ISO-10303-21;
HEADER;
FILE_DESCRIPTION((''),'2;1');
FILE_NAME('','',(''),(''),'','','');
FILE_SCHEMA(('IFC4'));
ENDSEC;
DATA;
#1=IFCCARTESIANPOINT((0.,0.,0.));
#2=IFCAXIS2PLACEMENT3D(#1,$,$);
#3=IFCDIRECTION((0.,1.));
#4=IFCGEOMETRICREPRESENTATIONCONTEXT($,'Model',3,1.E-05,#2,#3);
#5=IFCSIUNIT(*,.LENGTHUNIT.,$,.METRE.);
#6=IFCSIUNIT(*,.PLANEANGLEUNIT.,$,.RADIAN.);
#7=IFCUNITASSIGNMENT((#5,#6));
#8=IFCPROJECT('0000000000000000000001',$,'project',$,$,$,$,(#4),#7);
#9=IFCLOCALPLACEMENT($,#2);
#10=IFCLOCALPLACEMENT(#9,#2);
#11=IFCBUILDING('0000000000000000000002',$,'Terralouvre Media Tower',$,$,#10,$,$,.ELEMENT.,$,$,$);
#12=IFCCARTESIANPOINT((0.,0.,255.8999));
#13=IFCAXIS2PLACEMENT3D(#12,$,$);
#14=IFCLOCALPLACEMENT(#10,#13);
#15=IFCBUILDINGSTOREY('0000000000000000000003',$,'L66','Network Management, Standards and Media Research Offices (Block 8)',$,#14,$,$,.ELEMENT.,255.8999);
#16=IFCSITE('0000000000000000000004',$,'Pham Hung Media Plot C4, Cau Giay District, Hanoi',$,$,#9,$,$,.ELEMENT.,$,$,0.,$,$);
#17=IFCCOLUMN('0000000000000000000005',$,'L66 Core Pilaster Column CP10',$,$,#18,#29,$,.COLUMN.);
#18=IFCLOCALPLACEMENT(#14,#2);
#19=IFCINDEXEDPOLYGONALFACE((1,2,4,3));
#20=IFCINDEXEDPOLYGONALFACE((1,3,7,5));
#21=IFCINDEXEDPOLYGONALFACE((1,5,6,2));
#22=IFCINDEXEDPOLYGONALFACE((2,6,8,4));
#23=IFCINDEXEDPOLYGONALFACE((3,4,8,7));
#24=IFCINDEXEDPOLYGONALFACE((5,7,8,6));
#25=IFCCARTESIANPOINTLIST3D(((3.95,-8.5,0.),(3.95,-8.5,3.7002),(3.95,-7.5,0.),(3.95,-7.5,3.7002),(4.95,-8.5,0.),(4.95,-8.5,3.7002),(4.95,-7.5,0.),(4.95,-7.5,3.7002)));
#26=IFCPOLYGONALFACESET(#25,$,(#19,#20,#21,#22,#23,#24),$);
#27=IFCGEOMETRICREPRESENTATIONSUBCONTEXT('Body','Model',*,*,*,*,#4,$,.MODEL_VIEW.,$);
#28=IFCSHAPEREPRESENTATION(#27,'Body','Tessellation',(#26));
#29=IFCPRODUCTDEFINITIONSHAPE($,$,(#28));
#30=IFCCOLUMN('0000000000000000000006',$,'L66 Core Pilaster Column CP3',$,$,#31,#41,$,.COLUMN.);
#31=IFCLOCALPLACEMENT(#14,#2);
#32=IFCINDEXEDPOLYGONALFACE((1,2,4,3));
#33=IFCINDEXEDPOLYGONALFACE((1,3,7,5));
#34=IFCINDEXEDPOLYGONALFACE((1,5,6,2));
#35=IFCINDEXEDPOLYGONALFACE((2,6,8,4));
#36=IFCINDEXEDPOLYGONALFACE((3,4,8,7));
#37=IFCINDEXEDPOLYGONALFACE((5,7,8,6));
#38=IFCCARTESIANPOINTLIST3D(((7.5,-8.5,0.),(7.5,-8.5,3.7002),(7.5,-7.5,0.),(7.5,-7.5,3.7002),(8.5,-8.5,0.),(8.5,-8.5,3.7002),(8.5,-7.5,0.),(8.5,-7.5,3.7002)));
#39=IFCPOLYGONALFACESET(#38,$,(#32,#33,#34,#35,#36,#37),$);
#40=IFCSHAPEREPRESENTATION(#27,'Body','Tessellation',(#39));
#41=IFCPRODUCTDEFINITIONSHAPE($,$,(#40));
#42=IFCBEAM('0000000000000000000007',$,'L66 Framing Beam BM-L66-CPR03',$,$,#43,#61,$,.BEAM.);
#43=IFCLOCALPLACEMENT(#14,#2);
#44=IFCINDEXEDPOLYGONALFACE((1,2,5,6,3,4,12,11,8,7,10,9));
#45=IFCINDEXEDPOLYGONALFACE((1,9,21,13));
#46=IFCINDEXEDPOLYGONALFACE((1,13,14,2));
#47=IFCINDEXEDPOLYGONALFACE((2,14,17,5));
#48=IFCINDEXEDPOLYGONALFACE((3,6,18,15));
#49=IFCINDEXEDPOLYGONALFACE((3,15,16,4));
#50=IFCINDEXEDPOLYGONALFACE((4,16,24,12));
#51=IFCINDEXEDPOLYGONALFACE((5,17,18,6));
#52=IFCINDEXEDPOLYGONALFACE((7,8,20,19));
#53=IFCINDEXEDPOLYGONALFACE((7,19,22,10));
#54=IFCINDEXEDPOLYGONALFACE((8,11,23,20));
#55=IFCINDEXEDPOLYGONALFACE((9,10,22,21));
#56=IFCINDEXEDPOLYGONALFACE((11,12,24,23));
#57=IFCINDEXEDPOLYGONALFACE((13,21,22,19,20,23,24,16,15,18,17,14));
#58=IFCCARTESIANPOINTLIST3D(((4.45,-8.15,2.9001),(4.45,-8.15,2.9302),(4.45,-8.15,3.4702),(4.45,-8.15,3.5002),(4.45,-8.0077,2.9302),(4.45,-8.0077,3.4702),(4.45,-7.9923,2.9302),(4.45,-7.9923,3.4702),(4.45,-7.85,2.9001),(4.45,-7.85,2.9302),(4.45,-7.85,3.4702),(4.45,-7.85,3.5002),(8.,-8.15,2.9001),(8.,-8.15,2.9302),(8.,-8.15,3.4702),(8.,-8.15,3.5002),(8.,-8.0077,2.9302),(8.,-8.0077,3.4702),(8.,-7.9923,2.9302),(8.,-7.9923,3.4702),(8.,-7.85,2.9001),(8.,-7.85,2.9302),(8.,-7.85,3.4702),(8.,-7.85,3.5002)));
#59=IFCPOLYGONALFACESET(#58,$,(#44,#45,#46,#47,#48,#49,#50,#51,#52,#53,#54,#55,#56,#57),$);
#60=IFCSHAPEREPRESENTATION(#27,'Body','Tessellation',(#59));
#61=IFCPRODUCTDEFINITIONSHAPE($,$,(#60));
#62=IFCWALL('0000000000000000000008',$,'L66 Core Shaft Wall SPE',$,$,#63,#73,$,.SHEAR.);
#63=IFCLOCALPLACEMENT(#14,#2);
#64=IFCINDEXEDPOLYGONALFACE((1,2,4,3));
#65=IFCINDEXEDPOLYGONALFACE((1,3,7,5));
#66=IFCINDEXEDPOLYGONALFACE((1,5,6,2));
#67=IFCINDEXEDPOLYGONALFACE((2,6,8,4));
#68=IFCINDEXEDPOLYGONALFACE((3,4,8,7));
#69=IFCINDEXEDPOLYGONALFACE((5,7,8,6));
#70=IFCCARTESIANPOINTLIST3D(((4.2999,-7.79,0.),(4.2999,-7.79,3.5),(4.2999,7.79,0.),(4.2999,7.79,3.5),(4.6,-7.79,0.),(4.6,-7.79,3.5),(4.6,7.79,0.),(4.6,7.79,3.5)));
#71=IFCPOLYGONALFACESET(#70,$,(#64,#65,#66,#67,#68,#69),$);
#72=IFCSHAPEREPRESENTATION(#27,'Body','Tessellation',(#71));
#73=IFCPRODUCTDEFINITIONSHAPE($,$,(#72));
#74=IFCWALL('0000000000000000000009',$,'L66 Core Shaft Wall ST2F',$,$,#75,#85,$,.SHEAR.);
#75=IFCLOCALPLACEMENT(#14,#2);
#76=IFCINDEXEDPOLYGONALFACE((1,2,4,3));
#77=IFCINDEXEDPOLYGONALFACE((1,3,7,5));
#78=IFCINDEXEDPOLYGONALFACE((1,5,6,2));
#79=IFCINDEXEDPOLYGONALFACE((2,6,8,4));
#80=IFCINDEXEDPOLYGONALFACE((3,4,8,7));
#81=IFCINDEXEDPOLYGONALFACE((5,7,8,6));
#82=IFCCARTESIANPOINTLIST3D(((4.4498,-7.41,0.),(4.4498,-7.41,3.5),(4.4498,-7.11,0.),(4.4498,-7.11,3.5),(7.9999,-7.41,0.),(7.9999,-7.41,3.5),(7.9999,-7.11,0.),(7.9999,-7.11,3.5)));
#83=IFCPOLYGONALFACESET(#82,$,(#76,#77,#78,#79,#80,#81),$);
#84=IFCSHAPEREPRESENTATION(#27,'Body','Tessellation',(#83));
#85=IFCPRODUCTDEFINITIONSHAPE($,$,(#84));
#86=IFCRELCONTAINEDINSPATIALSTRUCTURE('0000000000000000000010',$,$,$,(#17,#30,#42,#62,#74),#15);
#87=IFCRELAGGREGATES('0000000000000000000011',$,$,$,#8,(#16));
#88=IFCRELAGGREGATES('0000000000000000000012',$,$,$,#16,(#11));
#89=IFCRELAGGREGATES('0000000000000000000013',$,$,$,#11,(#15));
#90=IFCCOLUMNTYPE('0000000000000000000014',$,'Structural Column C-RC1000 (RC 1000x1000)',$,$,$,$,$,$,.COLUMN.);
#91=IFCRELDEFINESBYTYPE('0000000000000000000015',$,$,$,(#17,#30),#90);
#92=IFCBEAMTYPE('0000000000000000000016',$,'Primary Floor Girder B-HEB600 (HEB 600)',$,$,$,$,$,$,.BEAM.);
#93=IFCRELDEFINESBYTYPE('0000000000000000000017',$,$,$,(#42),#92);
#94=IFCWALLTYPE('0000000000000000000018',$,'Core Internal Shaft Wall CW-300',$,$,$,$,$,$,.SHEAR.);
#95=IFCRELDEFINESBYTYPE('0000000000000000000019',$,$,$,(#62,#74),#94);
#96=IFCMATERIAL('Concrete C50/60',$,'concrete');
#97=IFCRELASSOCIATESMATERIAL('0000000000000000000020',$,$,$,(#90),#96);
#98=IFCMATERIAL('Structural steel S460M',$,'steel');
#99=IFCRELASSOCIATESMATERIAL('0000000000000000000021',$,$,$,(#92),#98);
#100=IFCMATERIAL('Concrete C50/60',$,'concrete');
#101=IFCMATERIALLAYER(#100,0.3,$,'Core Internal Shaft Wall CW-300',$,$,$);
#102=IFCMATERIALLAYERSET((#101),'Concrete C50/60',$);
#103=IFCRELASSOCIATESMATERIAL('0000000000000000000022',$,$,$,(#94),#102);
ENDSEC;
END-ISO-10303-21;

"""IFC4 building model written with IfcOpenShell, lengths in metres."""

from ifc_helpers import new_model, si_unit, direction, frame, frame_2d, origin, origin_2d, place, context, subcontext, project, spatial, rectangle, i_section, extrude, material, layer, layer_set, material_profile, profile_set, type_object, element, save


model = new_model("IFC4")

# Units and contexts
model_context = context("Model", 3, precision=1e-05, world=origin(), true_north=direction((0.0, 1.0)))
body_context = subcontext(model_context, "Body", "Model", "MODEL_VIEW")
ifc_project = project(units=[si_unit("LENGTHUNIT", "METRE"), si_unit("PLANEANGLEUNIT", "RADIAN")], contexts=[model_context])

# Site, building, storey
site_placement = place(None, origin())
site = spatial("IfcSite", under=ifc_project, at=site_placement, Name="Pham Hung Media Plot C4, Cau Giay District, Hanoi", CompositionType="ELEMENT", RefElevation=0.0)
building_placement = place(site_placement, origin())
building = spatial("IfcBuilding", under=site, at=building_placement, Name="Terralouvre Media Tower", CompositionType="ELEMENT")
storey_placement = place(building_placement, frame((0.0, 0.0, 255.8999)))
storey = spatial("IfcBuildingStorey", under=building, at=storey_placement, Name="L66", Description="Network Management, Standards and Media Research Offices (Block 8)", CompositionType="ELEMENT", Elevation=255.8999)

# Columns
ifc_material_1 = material(Name="Concrete C50/60", Category="concrete")
ifc_material_profile_1 = material_profile(ifc_material_1, rectangle(XDim=1.0, YDim=1.0, at=origin_2d()), Name="RC 1000x1000")
ifc_profile_set_1 = profile_set([ifc_material_profile_1], Name="Concrete C50/60")
column_type = type_object("IfcColumnType", Name="Structural Column C-RC1000 (RC 1000x1000)", PredefinedType="COLUMN", material=ifc_profile_set_1)
for number, where, z_axis, x_axis, name in (
    (1, (4.45, -8.0, 0.0), (0.0, 0.0, 1.0), (1.0, 0.0, 0.0), "L66 Core Pilaster Column CP10"),
    (2, (8.0, -8.0, 0.0), (0.0, 0.0, 1.0), (1.0, 0.0, 0.0), "L66 Core Pilaster Column CP3"),
):
    element("IfcColumn", number, at=place(storey_placement, frame(where, z_axis=z_axis, x_axis=x_axis)), inside=storey, type_object=column_type, Name=name, PredefinedType="COLUMN", context=body_context, shape_type="SweptSolid", body=[
        extrude(rectangle(XDim=1.0, YDim=1.0, at=origin_2d()), origin(), (0.0, 0.0, 1.0), 3.7002),
    ])

# Beam
ifc_material_2 = material(Name="Structural steel S460M", Category="steel")
ifc_material_profile_2 = material_profile(ifc_material_2, i_section(OverallWidth=0.3, OverallDepth=0.6001, WebThickness=0.0154, FlangeThickness=0.03, at=origin_2d()), Name="HEB 600")
ifc_profile_set_2 = profile_set([ifc_material_profile_2], Name="Structural steel S460M")
beam_type = type_object("IfcBeamType", Name="Primary Floor Girder B-HEB600 (HEB 600)", PredefinedType="BEAM", material=ifc_profile_set_2)
beam_placement = place(storey_placement, frame((4.45, -8.0, 3.2002), z_axis=(1.0, 0.0, 0.0), x_axis=(0.0, 1.0, 0.0)))
element("IfcBeam", 3, at=beam_placement, inside=storey, type_object=beam_type, Name="L66 Framing Beam BM-L66-CPR03", PredefinedType="BEAM", context=body_context, shape_type="SweptSolid", body=[
    extrude(i_section(OverallWidth=0.3, OverallDepth=0.6001, WebThickness=0.0154, FlangeThickness=0.03, at=origin_2d()), origin(), (0.0, 0.0, 1.0), 3.55),
])

# Wall
ifc_material_3 = material(Name="Concrete C50/60", Category="concrete")
ifc_layer_1 = layer(ifc_material_3, 0.3, Name="Core Internal Shaft Wall CW-300")
ifc_layer_set_1 = layer_set([ifc_layer_1], Name="Concrete C50/60")
wall_type = type_object("IfcWallType", Name="Core Internal Shaft Wall CW-300", PredefinedType="SHEAR", material=ifc_layer_set_1)
wall_1_placement = place(storey_placement, frame((4.45, -7.79, 0.0), z_axis=(0.0, 0.0, 1.0), x_axis=(0.0, 1.0, 0.0)))
element("IfcWall", 4, at=wall_1_placement, inside=storey, type_object=wall_type, Name="L66 Core Shaft Wall SPE", PredefinedType="SHEAR", context=body_context, shape_type="SweptSolid", body=[
    extrude(rectangle(XDim=15.5801, YDim=0.3, at=frame_2d((7.79, 0.0))), origin(), (0.0, 0.0, 1.0), 3.5),
])

# Wall
wall_2_placement = place(storey_placement, frame((4.45, -7.26, 0.0), z_axis=(0.0, 0.0, 1.0), x_axis=(1.0, 0.0, 0.0)))
element("IfcWall", 5, at=wall_2_placement, inside=storey, type_object=wall_type, Name="L66 Core Shaft Wall ST2F", PredefinedType="SHEAR", context=body_context, shape_type="SweptSolid", body=[
    extrude(rectangle(XDim=3.55, YDim=0.3, at=frame_2d((1.7749, 0.0))), origin(), (0.0, 0.0, 1.0), 3.5),
])

save(model, "model.ifc")
